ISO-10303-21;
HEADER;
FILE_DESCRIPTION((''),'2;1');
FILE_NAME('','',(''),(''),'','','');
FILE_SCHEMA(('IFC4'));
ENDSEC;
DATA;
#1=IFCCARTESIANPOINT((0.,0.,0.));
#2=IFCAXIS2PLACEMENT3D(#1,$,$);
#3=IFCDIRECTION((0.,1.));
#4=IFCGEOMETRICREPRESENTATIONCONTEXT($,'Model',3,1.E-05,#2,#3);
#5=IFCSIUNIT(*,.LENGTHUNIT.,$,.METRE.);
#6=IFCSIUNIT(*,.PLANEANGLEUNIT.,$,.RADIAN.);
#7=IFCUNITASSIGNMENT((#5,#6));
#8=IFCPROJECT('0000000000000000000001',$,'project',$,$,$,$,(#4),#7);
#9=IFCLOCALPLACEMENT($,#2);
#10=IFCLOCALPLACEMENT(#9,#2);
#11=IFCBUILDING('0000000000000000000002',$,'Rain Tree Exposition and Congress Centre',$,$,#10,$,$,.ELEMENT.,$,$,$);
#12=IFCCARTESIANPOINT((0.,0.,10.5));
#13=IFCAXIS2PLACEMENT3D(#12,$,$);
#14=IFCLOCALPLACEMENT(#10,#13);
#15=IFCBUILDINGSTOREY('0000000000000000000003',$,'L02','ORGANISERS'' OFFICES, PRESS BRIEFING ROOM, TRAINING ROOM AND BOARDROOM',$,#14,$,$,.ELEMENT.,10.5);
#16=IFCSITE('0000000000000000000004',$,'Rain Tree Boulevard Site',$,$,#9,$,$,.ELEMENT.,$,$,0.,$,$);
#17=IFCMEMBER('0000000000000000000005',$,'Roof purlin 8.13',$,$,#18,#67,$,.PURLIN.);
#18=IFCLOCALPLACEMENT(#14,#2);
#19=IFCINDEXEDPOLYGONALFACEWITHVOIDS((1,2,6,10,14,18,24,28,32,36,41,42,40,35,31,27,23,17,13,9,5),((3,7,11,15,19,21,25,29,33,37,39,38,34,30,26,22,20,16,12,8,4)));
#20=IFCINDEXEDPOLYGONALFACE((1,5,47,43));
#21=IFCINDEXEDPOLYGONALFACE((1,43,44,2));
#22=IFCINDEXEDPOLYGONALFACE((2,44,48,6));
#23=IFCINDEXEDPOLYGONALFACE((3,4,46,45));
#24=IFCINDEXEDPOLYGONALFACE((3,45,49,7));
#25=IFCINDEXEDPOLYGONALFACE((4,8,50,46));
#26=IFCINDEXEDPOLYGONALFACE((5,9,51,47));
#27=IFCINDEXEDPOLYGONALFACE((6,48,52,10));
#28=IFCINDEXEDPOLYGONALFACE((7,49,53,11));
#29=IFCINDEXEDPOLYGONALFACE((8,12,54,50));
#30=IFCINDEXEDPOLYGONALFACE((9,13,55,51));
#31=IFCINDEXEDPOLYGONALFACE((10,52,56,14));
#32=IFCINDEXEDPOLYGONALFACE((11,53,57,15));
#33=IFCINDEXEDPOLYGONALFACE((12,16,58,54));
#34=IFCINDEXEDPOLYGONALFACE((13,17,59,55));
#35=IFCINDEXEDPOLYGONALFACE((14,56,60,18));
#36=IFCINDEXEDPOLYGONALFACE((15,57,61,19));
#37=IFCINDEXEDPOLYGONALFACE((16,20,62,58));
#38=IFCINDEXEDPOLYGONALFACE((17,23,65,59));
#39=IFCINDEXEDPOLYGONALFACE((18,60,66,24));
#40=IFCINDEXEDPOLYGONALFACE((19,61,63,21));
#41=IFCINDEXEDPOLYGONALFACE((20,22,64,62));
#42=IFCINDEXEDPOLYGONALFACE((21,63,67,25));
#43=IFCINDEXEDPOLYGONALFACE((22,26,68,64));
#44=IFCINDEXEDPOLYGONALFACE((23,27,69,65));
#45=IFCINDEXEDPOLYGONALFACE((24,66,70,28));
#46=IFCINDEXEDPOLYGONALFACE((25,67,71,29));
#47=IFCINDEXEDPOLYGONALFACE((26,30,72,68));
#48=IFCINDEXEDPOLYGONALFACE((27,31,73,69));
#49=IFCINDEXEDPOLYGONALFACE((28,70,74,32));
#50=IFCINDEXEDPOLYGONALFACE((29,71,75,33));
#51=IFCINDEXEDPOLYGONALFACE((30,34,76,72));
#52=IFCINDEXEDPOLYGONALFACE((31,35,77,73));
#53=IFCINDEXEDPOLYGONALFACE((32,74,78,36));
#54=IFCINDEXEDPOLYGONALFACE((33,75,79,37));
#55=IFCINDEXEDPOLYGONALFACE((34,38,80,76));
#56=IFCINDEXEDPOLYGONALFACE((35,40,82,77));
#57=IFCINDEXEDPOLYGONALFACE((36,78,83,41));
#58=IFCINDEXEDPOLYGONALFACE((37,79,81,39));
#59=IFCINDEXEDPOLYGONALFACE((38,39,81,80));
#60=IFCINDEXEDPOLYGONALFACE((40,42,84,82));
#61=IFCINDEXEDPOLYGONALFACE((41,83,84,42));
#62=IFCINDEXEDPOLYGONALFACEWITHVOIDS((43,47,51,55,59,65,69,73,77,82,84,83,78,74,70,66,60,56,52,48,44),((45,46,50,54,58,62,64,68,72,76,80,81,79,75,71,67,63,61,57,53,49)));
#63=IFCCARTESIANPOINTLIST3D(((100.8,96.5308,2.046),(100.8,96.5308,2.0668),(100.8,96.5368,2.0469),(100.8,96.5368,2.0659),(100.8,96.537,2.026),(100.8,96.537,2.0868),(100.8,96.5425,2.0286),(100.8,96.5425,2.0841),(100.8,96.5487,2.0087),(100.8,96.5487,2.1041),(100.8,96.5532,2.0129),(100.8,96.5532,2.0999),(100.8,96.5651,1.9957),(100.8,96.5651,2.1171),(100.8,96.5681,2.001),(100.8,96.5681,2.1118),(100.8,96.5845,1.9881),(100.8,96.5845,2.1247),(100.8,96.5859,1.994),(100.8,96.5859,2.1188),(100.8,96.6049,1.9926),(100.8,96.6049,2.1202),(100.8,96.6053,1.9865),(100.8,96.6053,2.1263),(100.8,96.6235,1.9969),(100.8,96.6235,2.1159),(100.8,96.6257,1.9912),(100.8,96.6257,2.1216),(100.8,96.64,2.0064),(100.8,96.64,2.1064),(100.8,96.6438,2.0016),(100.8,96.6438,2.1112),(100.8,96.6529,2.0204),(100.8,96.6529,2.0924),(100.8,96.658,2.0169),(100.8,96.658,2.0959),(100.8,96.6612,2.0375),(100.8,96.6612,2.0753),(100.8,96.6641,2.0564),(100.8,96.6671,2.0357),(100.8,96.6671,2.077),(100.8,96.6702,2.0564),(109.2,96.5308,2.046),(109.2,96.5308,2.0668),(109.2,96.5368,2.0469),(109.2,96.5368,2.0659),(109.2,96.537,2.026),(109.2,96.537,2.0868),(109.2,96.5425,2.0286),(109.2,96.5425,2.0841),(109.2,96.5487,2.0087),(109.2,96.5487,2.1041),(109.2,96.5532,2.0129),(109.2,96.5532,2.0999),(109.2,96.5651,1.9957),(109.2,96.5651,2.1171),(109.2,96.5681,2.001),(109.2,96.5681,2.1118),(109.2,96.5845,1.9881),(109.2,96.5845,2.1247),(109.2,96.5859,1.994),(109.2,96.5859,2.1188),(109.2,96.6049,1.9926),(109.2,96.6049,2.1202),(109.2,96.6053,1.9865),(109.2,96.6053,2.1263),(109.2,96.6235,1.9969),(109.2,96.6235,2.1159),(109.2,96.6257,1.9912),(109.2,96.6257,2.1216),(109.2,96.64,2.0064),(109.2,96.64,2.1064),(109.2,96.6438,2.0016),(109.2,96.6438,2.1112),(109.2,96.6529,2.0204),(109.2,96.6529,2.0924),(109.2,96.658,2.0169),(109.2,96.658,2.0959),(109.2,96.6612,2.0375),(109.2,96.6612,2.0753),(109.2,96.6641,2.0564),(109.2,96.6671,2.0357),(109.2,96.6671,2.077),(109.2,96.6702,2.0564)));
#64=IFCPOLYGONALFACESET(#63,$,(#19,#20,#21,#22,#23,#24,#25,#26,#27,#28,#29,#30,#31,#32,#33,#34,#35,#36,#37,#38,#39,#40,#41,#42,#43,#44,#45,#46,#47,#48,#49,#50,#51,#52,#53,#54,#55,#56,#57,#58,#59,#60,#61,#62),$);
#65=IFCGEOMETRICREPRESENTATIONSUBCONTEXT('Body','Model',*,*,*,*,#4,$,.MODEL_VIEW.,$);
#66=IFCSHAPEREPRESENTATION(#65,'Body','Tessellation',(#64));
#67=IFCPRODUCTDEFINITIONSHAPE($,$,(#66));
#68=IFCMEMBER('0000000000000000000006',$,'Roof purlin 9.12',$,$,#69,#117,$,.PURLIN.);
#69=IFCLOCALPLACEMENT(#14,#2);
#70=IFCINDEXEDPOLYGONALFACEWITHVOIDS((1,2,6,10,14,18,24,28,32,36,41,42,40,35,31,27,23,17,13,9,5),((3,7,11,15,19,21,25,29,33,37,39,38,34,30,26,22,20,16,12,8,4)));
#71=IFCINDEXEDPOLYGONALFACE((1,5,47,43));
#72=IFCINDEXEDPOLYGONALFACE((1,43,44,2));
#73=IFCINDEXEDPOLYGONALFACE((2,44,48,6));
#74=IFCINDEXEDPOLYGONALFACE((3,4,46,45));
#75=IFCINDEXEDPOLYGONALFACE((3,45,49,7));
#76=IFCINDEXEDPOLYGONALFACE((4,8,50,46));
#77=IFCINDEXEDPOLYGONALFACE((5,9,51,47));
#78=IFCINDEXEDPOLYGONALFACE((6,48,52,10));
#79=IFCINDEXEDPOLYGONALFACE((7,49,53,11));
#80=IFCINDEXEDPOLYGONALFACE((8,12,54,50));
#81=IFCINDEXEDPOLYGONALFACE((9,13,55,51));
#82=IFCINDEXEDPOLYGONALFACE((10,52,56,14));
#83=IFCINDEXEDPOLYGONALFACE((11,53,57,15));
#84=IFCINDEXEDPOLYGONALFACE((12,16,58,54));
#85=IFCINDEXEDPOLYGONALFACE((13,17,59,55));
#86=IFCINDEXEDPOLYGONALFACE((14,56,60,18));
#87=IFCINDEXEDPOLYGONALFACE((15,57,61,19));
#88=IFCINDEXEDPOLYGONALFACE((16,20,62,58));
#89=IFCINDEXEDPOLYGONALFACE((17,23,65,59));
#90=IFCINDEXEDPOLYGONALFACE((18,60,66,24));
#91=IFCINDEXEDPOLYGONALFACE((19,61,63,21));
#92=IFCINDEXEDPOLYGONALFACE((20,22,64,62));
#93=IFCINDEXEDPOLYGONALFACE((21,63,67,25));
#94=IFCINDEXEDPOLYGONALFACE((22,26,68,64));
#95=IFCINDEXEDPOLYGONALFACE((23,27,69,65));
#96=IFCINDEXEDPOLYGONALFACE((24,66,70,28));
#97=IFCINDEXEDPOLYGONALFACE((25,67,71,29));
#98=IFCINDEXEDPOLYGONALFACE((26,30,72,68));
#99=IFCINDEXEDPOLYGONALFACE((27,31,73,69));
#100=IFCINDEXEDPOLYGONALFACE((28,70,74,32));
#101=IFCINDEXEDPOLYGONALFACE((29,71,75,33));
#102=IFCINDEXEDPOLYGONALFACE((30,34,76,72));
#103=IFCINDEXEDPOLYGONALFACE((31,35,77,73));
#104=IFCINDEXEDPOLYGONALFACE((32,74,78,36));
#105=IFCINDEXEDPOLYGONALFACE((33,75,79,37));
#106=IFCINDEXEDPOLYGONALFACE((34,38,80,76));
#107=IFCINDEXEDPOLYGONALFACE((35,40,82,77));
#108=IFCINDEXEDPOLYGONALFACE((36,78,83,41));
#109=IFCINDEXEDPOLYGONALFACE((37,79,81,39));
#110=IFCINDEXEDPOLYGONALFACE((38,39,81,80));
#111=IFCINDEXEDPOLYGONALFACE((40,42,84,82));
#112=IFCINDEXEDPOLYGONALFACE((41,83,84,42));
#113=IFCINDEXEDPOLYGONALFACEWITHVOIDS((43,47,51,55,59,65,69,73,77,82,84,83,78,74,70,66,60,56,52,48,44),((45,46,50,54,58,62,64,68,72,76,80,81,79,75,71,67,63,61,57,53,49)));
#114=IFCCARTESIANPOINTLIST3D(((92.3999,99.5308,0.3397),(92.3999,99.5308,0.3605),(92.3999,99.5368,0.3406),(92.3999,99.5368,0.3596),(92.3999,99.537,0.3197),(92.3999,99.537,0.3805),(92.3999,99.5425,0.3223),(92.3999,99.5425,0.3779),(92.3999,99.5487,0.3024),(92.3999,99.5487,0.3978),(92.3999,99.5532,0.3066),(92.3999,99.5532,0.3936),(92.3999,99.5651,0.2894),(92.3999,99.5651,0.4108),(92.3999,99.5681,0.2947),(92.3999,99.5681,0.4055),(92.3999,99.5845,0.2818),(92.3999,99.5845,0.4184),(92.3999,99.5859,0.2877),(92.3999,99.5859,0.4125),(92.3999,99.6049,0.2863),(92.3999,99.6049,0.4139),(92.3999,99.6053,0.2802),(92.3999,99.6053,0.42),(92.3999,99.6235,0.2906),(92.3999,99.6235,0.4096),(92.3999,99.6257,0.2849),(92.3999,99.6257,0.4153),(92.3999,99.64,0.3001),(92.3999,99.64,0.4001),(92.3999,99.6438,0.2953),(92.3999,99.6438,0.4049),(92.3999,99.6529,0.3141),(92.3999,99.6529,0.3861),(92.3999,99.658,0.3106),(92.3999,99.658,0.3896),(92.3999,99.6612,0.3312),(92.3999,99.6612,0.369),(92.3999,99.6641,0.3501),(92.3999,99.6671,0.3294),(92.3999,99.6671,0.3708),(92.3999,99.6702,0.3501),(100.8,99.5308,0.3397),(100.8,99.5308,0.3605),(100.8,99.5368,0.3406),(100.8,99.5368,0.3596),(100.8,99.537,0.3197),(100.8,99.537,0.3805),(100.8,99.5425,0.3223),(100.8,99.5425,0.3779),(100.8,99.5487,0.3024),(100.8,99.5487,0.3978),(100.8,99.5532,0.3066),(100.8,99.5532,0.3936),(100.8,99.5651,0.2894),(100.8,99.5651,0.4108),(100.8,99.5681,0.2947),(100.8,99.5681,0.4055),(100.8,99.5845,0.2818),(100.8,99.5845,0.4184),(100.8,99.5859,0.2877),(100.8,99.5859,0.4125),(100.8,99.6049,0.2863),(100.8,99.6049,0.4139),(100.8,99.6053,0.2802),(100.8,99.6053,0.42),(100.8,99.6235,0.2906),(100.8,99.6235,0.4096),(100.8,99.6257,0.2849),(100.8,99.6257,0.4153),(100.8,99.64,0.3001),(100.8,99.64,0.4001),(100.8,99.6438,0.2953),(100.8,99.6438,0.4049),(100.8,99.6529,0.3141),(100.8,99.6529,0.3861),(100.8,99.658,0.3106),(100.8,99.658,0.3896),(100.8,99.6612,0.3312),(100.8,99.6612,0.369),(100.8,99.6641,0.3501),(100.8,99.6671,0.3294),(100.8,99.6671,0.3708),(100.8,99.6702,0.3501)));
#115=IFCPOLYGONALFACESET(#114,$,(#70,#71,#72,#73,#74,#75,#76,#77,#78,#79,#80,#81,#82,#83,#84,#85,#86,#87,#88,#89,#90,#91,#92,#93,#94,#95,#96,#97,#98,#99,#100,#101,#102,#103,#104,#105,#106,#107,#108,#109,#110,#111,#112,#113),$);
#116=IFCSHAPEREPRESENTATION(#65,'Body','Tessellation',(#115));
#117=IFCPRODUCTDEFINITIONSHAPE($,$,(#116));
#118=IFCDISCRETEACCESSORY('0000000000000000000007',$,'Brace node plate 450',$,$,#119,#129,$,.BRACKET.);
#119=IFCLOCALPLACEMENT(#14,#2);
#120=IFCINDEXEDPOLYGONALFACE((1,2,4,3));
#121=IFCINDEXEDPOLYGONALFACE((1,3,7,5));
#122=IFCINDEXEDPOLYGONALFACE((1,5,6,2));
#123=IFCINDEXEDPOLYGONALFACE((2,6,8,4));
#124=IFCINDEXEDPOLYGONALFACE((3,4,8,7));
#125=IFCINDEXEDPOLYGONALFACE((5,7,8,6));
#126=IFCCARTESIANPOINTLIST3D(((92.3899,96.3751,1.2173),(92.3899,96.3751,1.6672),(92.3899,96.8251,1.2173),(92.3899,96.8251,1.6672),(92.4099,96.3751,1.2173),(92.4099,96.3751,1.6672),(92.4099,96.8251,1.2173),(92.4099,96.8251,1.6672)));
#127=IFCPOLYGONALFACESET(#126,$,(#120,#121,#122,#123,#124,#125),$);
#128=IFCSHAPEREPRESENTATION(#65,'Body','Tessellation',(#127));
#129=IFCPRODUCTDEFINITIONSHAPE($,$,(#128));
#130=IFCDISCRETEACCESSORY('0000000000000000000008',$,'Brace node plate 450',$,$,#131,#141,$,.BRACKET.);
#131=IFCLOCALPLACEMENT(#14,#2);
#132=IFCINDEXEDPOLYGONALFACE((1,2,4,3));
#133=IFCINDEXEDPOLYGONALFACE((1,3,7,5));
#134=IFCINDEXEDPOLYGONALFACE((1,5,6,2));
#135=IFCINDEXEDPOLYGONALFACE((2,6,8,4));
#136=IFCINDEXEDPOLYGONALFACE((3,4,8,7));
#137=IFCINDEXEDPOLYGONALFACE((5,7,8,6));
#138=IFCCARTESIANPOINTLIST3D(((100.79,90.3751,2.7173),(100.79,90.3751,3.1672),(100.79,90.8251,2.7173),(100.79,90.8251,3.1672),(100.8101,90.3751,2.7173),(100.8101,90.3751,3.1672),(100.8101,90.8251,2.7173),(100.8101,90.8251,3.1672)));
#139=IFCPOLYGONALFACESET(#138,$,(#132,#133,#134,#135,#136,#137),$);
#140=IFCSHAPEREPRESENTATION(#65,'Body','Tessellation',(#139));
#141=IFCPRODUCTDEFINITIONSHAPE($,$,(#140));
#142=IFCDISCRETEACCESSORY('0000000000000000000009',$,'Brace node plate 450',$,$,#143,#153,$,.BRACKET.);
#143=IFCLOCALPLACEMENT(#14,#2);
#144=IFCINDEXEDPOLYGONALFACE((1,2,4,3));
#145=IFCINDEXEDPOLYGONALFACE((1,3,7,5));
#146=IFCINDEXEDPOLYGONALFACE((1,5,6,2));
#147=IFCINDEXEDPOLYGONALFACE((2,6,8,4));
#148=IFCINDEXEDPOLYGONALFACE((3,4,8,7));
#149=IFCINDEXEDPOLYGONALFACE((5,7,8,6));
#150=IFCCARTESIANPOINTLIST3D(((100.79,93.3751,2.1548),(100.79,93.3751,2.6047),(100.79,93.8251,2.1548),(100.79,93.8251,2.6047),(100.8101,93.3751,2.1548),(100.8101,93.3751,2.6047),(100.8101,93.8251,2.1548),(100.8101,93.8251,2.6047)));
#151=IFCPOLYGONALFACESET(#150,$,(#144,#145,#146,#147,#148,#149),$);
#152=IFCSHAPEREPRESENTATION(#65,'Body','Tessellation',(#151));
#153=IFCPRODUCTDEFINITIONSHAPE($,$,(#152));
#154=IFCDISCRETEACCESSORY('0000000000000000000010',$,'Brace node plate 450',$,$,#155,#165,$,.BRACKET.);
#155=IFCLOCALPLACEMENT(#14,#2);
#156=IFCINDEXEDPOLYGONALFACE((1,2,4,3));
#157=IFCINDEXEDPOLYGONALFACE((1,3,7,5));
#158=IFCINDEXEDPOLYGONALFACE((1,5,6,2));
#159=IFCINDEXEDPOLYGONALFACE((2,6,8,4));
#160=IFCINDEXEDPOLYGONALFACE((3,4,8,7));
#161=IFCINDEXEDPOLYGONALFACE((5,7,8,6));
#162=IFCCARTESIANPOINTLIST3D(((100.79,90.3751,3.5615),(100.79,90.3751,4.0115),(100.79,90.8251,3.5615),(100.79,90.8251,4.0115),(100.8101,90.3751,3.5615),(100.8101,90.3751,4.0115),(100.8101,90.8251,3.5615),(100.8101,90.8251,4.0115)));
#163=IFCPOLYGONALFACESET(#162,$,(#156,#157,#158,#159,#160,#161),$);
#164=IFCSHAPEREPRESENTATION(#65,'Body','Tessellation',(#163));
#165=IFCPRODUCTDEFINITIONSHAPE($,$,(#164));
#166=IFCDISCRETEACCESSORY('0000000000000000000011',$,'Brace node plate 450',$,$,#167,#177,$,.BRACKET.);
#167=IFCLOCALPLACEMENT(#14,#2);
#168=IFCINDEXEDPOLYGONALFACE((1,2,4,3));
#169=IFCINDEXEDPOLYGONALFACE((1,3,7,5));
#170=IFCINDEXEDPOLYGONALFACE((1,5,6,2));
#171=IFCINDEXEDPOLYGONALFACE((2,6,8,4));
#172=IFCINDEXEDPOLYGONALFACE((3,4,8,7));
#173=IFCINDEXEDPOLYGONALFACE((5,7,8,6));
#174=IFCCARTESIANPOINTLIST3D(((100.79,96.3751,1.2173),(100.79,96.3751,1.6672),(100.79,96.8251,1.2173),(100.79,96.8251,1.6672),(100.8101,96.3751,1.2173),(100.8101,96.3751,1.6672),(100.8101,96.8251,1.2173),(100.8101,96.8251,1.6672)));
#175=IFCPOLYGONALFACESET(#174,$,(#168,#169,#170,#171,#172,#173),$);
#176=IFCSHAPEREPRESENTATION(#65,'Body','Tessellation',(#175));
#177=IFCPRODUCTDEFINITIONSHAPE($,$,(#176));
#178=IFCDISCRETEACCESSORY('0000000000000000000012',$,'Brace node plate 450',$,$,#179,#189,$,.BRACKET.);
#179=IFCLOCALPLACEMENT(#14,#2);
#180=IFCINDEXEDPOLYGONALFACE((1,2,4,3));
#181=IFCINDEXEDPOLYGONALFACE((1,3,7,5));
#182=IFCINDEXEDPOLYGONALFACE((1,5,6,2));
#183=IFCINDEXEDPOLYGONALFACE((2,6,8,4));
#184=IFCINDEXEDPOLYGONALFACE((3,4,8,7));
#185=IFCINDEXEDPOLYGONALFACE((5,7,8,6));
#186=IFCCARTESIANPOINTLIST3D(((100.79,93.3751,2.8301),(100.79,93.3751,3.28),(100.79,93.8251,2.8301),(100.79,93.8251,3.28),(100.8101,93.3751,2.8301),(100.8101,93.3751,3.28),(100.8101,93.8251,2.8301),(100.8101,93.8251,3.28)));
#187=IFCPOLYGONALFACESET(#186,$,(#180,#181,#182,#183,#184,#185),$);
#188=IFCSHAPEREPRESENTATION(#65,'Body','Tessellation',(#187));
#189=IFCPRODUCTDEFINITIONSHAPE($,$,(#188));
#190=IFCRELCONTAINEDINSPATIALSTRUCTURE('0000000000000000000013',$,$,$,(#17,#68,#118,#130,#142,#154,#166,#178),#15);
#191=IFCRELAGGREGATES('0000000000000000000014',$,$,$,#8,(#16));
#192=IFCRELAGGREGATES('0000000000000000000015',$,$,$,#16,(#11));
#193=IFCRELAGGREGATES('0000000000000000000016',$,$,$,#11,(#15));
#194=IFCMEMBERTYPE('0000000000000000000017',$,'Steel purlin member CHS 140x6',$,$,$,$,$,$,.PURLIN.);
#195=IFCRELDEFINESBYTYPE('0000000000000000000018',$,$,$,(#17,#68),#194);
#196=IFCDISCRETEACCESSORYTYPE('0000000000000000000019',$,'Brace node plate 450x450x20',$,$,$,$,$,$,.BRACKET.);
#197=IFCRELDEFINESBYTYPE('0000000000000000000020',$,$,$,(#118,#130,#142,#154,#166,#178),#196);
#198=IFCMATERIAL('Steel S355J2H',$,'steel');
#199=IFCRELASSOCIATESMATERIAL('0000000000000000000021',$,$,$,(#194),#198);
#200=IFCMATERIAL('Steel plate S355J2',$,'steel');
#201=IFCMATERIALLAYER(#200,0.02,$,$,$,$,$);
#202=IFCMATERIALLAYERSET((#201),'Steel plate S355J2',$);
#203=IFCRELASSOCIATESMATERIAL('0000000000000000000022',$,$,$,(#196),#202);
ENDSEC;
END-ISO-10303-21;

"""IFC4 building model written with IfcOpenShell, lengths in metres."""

from ifc_helpers import new_model, si_unit, direction, frame, origin, origin_2d, place, context, subcontext, project, spatial, rectangle, hollow_circle, extrude, material, layer, layer_set, material_profile, profile_set, type_object, element, save


model = new_model("IFC4")

# Units and contexts
model_context = context("Model", 3, precision=1e-05, world=origin(), true_north=direction((0.0, 1.0)))
body_context = subcontext(model_context, "Body", "Model", "MODEL_VIEW")
ifc_project = project(units=[si_unit("LENGTHUNIT", "METRE"), si_unit("PLANEANGLEUNIT", "RADIAN")], contexts=[model_context])

# Site, building, storey
site_placement = place(None, origin())
site = spatial("IfcSite", under=ifc_project, at=site_placement, Name="Rain Tree Boulevard Site", CompositionType="ELEMENT", RefElevation=0.0)
building_placement = place(site_placement, origin())
building = spatial("IfcBuilding", under=site, at=building_placement, Name="Rain Tree Exposition and Congress Centre", CompositionType="ELEMENT")
storey_placement = place(building_placement, frame((0.0, 0.0, 10.5)))
storey = spatial("IfcBuildingStorey", under=building, at=storey_placement, Name="L02", Description="ORGANISERS' OFFICES, PRESS BRIEFING ROOM, TRAINING ROOM AND BOARDROOM", CompositionType="ELEMENT", Elevation=10.5)

# Members
ifc_material_1 = material(Name="Steel S355J2H", Category="steel")
ifc_material_profile_1 = material_profile(ifc_material_1, hollow_circle(Radius=0.0701, WallThickness=0.0061, at=origin_2d()), Name="CHS 140x6")
ifc_profile_set_1 = profile_set([ifc_material_profile_1], Name="Steel S355J2H")
member_type_1 = type_object("IfcMemberType", Name="Steel purlin member CHS 140x6", PredefinedType="PURLIN", material=ifc_profile_set_1)
member_1_placement = place(storey_placement, frame((100.8, 96.6001, 2.0564), z_axis=(1.0, 0.0, 0.0), x_axis=(0.0, 1.0, 0.0)))
element("IfcMember", 1, at=member_1_placement, inside=storey, type_object=member_type_1, Name="Roof purlin 8.13", PredefinedType="PURLIN", context=body_context, shape_type="SweptSolid", body=[
    extrude(hollow_circle(Radius=0.0701, WallThickness=0.0061, at=origin_2d()), origin(), (0.0, 0.0, 1.0), 8.3999),
])
member_2_placement = place(storey_placement, frame((92.3999, 99.6001, 0.3501), z_axis=(1.0, 0.0, 0.0), x_axis=(0.0, 1.0, 0.0)))
element("IfcMember", 2, at=member_2_placement, inside=storey, type_object=member_type_1, Name="Roof purlin 9.12", PredefinedType="PURLIN", context=body_context, shape_type="SweptSolid", body=[
    extrude(hollow_circle(Radius=0.0701, WallThickness=0.0061, at=origin_2d()), origin(), (0.0, 0.0, 1.0), 8.4001),
])

# Discrete accessories
ifc_material_2 = material(Name="Steel plate S355J2", Category="steel")
ifc_layer = layer(ifc_material_2, 0.02)
ifc_layer_set = layer_set([ifc_layer], Name="Steel plate S355J2")
discrete_accessory_type = type_object("IfcDiscreteAccessoryType", Name="Brace node plate 450x450x20", PredefinedType="BRACKET", material=ifc_layer_set)
for number, where, z_axis, x_axis, name in (
    (3, (92.3999, 96.6001, 1.2173), (0.0, 0.0, 1.0), (0.0, -1.0, 0.0), "Brace node plate 450"),
    (4, (100.8, 90.6001, 2.7173), (0.0, 0.0, 1.0), (0.0, -1.0, 0.0), "Brace node plate 450"),
    (5, (100.8, 93.6001, 2.1548), (0.0, 0.0, 1.0), (0.0, -1.0, 0.0), "Brace node plate 450"),
    (6, (100.8, 90.6001, 3.5615), (0.0, 0.0, 1.0), (0.0, 1.0, 0.0), "Brace node plate 450"),
    (7, (100.8, 96.6001, 1.2173), (0.0, 0.0, 1.0), (0.0, -1.0, 0.0), "Brace node plate 450"),
    (8, (100.8, 93.6001, 2.8301), (0.0, 0.0, 1.0), (0.0, 1.0, 0.0), "Brace node plate 450"),
):
    element("IfcDiscreteAccessory", number, at=place(storey_placement, frame(where, z_axis=z_axis, x_axis=x_axis)), inside=storey, type_object=discrete_accessory_type, Name=name, PredefinedType="BRACKET", context=body_context, shape_type="SweptSolid", body=[
        extrude(rectangle(XDim=0.45, YDim=0.02, at=origin_2d()), origin(), (0.0, 0.0, 1.0), 0.45),
    ])

save(model, "model.ifc")
